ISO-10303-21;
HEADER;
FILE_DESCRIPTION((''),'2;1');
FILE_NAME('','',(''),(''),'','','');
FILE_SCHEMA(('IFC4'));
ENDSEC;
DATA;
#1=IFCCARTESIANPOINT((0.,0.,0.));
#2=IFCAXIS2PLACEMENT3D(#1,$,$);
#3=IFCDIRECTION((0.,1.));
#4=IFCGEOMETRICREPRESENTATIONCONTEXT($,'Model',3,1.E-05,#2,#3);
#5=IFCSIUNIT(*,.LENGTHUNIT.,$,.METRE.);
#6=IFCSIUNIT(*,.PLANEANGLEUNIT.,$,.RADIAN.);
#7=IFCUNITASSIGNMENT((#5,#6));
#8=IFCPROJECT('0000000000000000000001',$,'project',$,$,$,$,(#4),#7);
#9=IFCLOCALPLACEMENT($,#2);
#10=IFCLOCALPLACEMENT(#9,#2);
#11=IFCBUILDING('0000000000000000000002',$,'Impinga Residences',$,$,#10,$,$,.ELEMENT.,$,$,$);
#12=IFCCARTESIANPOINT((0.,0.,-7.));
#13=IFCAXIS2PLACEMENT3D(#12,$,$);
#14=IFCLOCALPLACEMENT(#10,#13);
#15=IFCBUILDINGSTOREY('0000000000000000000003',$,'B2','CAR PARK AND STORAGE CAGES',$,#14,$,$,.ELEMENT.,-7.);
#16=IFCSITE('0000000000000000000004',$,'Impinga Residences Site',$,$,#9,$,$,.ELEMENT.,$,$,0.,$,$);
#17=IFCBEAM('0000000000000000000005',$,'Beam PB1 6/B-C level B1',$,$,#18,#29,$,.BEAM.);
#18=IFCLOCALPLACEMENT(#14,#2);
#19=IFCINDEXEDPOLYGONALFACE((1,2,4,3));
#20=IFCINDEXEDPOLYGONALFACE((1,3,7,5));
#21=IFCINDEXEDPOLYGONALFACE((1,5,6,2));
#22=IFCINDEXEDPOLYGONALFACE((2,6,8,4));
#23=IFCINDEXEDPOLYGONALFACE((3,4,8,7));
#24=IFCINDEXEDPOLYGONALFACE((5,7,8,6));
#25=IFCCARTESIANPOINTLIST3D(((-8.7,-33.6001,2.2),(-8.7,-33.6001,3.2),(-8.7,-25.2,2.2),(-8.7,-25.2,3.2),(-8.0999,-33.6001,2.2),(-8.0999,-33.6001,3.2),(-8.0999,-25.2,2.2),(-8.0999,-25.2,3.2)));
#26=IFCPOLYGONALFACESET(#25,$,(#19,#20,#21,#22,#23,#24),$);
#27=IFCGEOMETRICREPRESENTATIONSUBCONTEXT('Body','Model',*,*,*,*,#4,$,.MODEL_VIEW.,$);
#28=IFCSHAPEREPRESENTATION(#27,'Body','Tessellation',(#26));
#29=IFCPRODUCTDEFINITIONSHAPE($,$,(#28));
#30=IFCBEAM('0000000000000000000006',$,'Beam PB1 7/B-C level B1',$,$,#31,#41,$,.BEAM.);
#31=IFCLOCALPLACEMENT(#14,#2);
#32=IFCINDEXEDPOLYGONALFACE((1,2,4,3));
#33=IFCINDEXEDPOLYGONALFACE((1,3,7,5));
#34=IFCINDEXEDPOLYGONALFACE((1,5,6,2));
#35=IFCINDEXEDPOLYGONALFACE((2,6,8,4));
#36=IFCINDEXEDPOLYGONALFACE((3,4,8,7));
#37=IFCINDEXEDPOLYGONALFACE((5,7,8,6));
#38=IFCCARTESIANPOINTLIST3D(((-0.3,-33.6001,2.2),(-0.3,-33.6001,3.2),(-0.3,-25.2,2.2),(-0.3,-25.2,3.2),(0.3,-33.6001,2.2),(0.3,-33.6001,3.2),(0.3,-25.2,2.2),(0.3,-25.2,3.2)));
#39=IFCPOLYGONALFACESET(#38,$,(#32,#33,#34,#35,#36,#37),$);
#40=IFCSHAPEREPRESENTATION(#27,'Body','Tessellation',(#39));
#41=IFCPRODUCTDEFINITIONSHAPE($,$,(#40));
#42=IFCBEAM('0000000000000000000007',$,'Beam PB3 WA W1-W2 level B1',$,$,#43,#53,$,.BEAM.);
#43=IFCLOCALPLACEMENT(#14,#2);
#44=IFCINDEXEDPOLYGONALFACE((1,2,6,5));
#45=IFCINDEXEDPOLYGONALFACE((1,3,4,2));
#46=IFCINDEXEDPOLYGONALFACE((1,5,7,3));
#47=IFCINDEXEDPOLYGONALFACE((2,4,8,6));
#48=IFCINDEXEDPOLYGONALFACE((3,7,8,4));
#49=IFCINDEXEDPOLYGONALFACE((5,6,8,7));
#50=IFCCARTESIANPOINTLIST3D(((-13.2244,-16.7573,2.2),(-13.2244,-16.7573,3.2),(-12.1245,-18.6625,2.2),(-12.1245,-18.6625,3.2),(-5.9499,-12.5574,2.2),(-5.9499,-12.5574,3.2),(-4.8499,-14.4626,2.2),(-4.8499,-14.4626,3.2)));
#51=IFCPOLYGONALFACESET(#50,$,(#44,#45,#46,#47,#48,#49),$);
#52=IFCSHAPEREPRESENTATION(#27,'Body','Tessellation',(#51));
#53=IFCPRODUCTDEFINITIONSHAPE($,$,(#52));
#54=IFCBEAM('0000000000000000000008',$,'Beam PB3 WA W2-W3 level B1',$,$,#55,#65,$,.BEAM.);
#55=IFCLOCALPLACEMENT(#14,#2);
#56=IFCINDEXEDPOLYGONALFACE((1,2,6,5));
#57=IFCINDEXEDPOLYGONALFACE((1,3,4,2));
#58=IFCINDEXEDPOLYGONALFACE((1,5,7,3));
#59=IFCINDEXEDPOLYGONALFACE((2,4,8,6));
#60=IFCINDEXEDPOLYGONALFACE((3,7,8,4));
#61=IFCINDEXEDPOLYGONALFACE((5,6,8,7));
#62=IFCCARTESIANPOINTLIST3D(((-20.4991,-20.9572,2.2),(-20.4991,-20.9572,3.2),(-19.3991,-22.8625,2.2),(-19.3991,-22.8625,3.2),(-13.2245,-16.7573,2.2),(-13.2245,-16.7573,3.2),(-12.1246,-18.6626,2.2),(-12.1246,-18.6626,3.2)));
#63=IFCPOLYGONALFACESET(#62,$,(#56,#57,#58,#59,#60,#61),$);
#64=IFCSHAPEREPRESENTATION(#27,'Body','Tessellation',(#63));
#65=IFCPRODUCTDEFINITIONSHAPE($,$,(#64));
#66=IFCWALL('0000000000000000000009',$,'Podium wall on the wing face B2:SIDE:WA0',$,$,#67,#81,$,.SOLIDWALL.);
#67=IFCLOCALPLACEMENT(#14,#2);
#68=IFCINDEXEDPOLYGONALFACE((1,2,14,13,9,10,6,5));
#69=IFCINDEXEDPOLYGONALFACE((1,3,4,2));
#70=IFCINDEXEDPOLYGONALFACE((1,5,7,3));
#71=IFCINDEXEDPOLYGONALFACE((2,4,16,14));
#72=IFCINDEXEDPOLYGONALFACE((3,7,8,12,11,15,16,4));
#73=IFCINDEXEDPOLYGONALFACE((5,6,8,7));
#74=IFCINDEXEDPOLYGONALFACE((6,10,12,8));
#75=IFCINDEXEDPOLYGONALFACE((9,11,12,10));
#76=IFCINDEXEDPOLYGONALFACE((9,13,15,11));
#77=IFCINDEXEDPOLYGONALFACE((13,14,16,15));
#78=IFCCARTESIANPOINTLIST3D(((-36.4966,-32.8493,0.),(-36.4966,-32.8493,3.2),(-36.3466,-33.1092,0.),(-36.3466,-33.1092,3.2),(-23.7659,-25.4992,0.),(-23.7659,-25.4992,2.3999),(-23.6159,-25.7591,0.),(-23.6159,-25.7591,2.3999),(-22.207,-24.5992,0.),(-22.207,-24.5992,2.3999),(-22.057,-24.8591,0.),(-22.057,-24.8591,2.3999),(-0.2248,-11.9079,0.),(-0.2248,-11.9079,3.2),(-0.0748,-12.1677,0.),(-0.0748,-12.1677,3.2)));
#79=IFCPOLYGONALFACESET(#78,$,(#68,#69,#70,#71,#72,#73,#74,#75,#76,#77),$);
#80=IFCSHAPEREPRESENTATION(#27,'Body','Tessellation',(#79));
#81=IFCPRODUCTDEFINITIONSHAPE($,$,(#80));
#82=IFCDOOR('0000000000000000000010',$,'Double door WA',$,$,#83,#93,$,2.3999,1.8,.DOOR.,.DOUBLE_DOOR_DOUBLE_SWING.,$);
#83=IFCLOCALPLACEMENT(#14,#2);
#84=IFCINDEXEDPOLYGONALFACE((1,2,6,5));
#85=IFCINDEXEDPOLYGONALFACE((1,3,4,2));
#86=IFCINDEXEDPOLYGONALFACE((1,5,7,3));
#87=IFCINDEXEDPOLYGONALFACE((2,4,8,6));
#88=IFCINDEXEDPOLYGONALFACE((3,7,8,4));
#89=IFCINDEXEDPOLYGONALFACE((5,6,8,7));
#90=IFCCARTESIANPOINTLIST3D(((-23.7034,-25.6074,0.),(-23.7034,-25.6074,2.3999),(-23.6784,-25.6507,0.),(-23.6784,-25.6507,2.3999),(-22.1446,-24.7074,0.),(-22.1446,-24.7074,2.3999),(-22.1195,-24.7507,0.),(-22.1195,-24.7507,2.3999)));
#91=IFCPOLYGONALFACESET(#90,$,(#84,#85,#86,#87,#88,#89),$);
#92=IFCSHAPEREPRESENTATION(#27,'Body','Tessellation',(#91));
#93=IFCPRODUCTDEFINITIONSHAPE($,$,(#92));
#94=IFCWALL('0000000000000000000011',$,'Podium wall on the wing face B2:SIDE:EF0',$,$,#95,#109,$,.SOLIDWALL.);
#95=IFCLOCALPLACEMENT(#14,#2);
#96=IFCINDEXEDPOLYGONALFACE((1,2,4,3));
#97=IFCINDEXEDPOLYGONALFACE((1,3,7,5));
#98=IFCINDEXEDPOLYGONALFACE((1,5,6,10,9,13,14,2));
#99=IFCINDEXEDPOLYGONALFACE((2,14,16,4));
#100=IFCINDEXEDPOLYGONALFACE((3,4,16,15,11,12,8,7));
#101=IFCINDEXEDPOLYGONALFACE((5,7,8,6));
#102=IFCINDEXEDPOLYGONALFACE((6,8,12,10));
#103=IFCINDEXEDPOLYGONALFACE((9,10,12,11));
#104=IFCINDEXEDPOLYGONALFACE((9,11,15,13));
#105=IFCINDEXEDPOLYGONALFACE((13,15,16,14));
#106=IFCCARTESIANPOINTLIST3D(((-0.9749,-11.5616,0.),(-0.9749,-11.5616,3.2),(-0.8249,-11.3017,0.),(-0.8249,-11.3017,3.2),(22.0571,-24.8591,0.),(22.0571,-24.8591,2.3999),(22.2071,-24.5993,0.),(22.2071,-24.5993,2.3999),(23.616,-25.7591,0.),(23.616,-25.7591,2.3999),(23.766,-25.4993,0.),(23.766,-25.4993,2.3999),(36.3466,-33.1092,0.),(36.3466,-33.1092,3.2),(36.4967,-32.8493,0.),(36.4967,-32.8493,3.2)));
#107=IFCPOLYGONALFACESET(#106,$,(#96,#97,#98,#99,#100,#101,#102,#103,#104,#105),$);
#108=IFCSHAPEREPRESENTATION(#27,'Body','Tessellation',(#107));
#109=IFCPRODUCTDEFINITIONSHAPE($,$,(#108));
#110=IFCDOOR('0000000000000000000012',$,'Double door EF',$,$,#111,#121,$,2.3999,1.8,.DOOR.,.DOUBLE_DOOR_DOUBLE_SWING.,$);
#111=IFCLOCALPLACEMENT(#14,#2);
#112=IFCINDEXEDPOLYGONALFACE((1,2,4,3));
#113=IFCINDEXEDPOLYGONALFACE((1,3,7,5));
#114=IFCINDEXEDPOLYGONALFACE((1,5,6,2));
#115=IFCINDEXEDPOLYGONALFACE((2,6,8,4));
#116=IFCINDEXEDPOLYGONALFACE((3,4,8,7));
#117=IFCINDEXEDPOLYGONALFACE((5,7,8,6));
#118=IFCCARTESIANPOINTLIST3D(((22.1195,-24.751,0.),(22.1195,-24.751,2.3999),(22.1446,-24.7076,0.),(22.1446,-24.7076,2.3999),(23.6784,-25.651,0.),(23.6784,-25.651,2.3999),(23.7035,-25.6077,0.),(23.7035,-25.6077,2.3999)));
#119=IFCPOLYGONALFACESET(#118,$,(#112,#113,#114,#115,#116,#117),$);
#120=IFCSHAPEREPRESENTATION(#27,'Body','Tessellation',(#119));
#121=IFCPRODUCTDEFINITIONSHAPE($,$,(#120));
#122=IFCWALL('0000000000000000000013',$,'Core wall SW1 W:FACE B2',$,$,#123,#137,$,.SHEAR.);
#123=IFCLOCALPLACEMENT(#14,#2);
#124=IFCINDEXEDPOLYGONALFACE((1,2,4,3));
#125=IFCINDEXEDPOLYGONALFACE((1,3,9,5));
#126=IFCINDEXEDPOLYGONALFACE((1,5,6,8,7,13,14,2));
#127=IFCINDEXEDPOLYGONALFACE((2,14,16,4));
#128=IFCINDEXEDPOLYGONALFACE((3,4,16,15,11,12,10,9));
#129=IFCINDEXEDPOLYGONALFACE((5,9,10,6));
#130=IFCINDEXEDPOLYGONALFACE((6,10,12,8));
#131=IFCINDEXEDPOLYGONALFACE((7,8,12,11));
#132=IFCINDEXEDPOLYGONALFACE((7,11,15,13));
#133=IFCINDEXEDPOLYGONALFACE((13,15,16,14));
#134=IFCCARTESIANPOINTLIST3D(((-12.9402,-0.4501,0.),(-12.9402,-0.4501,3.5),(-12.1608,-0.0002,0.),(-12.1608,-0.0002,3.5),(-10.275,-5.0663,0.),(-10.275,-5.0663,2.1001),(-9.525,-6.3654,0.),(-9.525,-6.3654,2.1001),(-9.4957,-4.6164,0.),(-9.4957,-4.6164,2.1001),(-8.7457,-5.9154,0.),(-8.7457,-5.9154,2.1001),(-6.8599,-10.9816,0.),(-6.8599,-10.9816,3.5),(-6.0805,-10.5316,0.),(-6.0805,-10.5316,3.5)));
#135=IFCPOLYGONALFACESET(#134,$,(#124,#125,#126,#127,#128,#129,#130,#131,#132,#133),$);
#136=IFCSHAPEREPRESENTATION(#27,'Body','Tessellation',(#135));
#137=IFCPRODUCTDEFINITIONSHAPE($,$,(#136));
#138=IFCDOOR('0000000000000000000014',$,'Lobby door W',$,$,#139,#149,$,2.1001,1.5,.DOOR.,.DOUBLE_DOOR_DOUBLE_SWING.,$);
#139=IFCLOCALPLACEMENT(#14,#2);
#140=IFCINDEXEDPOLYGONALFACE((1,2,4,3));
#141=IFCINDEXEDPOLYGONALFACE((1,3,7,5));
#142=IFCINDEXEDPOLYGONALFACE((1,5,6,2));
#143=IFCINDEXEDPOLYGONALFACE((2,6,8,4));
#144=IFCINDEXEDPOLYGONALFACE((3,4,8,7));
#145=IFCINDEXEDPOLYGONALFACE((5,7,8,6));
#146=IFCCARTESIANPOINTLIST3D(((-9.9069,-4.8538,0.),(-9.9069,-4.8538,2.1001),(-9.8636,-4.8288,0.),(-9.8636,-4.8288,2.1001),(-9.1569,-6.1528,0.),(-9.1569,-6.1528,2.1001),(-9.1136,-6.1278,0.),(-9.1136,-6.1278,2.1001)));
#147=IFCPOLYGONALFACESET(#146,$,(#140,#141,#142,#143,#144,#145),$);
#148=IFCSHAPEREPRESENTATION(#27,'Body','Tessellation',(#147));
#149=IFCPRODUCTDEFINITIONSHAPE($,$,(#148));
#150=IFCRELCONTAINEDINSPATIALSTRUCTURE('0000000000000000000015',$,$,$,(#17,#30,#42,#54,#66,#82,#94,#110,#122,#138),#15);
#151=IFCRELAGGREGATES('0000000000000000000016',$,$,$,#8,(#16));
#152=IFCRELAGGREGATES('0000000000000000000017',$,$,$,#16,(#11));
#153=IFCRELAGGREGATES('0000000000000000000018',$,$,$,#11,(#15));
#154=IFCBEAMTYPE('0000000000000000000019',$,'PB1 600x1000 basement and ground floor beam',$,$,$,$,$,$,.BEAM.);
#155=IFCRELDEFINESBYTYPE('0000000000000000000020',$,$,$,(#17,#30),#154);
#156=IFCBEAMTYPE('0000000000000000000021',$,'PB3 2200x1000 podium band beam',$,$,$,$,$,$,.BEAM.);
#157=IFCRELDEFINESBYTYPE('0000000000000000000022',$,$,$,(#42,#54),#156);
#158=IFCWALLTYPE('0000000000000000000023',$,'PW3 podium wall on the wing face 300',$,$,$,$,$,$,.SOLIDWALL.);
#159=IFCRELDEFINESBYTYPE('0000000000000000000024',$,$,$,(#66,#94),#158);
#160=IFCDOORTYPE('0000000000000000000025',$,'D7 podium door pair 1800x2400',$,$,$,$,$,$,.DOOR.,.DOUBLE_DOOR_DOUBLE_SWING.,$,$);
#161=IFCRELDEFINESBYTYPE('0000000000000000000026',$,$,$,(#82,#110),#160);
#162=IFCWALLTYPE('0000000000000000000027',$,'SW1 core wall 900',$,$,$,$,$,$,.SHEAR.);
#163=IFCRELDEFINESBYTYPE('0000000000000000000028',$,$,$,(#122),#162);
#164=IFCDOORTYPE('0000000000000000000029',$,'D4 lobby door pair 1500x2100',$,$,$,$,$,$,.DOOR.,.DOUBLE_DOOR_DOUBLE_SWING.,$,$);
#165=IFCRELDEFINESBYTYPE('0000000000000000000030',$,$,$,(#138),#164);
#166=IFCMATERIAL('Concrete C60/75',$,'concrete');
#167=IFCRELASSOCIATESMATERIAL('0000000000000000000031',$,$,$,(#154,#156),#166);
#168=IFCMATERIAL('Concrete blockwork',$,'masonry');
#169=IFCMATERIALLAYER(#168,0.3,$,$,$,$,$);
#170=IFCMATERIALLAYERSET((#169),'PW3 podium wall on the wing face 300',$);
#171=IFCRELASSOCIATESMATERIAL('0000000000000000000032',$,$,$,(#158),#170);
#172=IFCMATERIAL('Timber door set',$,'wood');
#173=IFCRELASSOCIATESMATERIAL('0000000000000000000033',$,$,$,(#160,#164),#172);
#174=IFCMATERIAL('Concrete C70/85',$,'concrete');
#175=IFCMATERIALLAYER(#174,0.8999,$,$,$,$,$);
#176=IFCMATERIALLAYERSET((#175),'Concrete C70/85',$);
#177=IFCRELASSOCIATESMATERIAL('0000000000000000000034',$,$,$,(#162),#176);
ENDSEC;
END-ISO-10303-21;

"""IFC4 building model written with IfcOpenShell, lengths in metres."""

from ifc_helpers import new_model, si_unit, direction, frame, frame_2d, origin, origin_2d, place, context, subcontext, project, spatial, rectangle, extrude, material, layer, layer_set, material_profile, profile_set, type_object, element, fill, save


model = new_model("IFC4")

# Units and contexts
model_context = context("Model", 3, precision=1e-05, world=origin(), true_north=direction((0.0, 1.0)))
body_context = subcontext(model_context, "Body", "Model", "MODEL_VIEW")
ifc_project = project(units=[si_unit("LENGTHUNIT", "METRE"), si_unit("PLANEANGLEUNIT", "RADIAN")], contexts=[model_context])

# Site, building, storey
site_placement = place(None, origin())
site = spatial("IfcSite", under=ifc_project, at=site_placement, Name="Impinga Residences Site", CompositionType="ELEMENT", RefElevation=0.0)
building_placement = place(site_placement, origin())
building = spatial("IfcBuilding", under=site, at=building_placement, Name="Impinga Residences", CompositionType="ELEMENT")
storey_placement = place(building_placement, frame((0.0, 0.0, -7.0)))
storey = spatial("IfcBuildingStorey", under=building, at=storey_placement, Name="B2", Description="CAR PARK AND STORAGE CAGES", CompositionType="ELEMENT", Elevation=-7.0)

# Shared definitions
ifc_material_1 = material(Name="Concrete C70/85", Category="concrete")

# Beams
ifc_material_2 = material(Name="Concrete C60/75", Category="concrete")
ifc_material_profile_1 = material_profile(ifc_material_2, rectangle(XDim=0.6001, YDim=1.0, at=origin_2d()), Name="RC 600x1000")
ifc_profile_set_1 = profile_set([ifc_material_profile_1], Name="Concrete C60/75")
beam_type_1 = type_object("IfcBeamType", Name="PB1 600x1000 basement and ground floor beam", PredefinedType="BEAM", material=ifc_profile_set_1)
for number, where, z_axis, x_axis, name in (
    (1, (-8.3999, -33.6001, 2.7), (0.0, 1.0, 0.0), (-1.0, 0.0, 0.0), "Beam PB1 6/B-C level B1"),
    (2, (0.0, -33.6001, 2.7), (0.0, 1.0, 0.0), (-1.0, 0.0, 0.0), "Beam PB1 7/B-C level B1"),
):
    element("IfcBeam", number, at=place(storey_placement, frame(where, z_axis=z_axis, x_axis=x_axis)), inside=storey, type_object=beam_type_1, Name=name, PredefinedType="BEAM", context=body_context, shape_type="SweptSolid", body=[
        extrude(rectangle(XDim=0.6001, YDim=1.0, at=origin_2d()), origin(), (0.0, 0.0, 1.0), 8.4001),
    ])
ifc_material_profile_2 = material_profile(ifc_material_2, rectangle(XDim=2.2, YDim=1.0, at=origin_2d()), Name="RC 2200x1000")
ifc_profile_set_2 = profile_set([ifc_material_profile_2], Name="Concrete C60/75")
beam_type_2 = type_object("IfcBeamType", Name="PB3 2200x1000 podium band beam", PredefinedType="BEAM", material=ifc_profile_set_2)
for number, where, z_axis, x_axis, name in (
    (3, (-5.3999, -13.51, 2.7), (-0.866029, -0.499993, 0.0), (0.499993, -0.866029, 0.0), "Beam PB3 WA W1-W2 level B1"),
    (4, (-12.6746, -17.71, 2.7), (-0.866029, -0.499993, 0.0), (0.499993, -0.866029, 0.0), "Beam PB3 WA W2-W3 level B1"),
):
    element("IfcBeam", number, at=place(storey_placement, frame(where, z_axis=z_axis, x_axis=x_axis)), inside=storey, type_object=beam_type_2, Name=name, PredefinedType="BEAM", context=body_context, shape_type="SweptSolid", body=[
        extrude(rectangle(XDim=2.2, YDim=1.0, at=origin_2d()), origin(), (0.0, 0.0, 1.0), 8.3999),
    ])

# Walls, openings, doors
ifc_material_3 = material(Name="Concrete blockwork", Category="masonry")
ifc_layer_1 = layer(ifc_material_3, 0.3)
ifc_layer_set_1 = layer_set([ifc_layer_1], Name="PW3 podium wall on the wing face 300")
wall_type_1 = type_object("IfcWallType", Name="PW3 podium wall on the wing face 300", PredefinedType="SOLIDWALL", material=ifc_layer_set_1)
wall_1_placement = place(storey_placement, frame((-0.1499, -12.0378, 0.0), z_axis=(0.0, 0.0, 1.0), x_axis=(-0.866026, -0.499998, 0.0)))
wall_1 = element("IfcWall", 5, at=wall_1_placement, inside=storey, type_object=wall_type_1, Name="Podium wall on the wing face B2:SIDE:WA0", PredefinedType="SOLIDWALL", context=body_context, shape_type="SweptSolid", body=[
    extrude(rectangle(XDim=41.8831, YDim=0.3, at=frame_2d((20.9414, 0.0))), origin(), (0.0, 0.0, 1.0), 3.2),
])
opening_1_placement = place(wall_1_placement, frame((25.3828, 0.0, 0.0)))
opening_1 = element("IfcOpeningElement", 6, at=opening_1_placement, cuts=wall_1, PredefinedType="OPENING", context=body_context, shape_type="SweptSolid", body=[
    extrude(rectangle(XDim=1.8, YDim=2.3999, at=frame_2d((0.8999, 1.2))), frame((0.0, 0.1599, 0.0), z_axis=(0.0, -1.0, 0.0), x_axis=(1.0, 0.0, 0.0)), (0.0, 0.0, 1.0), 0.3201),
])
ifc_material_4 = material(Name="Timber door set", Category="wood")
door_type_1 = type_object("IfcDoorType", Name="D7 podium door pair 1800x2400", OperationType="DOUBLE_DOOR_DOUBLE_SWING", PredefinedType="DOOR", material=ifc_material_4)
door_1_placement = place(opening_1_placement, origin())
door_1 = element("IfcDoor", 7, at=door_1_placement, inside=storey, type_object=door_type_1, Name="Double door WA", OperationType="DOUBLE_DOOR_DOUBLE_SWING", OverallHeight=2.3999, OverallWidth=1.8, PredefinedType="DOOR", context=body_context, shape_type="SweptSolid", body=[
    extrude(rectangle(XDim=1.8, YDim=2.3999, at=frame_2d((0.8999, 1.2))), frame((0.0, 0.0249, 0.0), z_axis=(0.0, -1.0, 0.0), x_axis=(1.0, 0.0, 0.0)), (0.0, 0.0, 1.0), 0.05),
])
fill(opening_1, door_1)
wall_2_placement = place(storey_placement, frame((-0.8999, -11.4316, 0.0), z_axis=(0.0, 0.0, 1.0), x_axis=(0.866025, -0.5, 0.0)))
wall_2 = element("IfcWall", 8, at=wall_2_placement, inside=storey, type_object=wall_type_1, Name="Podium wall on the wing face B2:SIDE:EF0", PredefinedType="SOLIDWALL", context=body_context, shape_type="SweptSolid", body=[
    extrude(rectangle(XDim=43.0952, YDim=0.3, at=frame_2d((21.5476, 0.0))), origin(), (0.0, 0.0, 1.0), 3.2),
])
opening_2_placement = place(wall_2_placement, frame((26.5952, 0.0, 0.0)))
opening_2 = element("IfcOpeningElement", 9, at=opening_2_placement, cuts=wall_2, PredefinedType="OPENING", context=body_context, shape_type="SweptSolid", body=[
    extrude(rectangle(XDim=1.8, YDim=2.3999, at=frame_2d((0.8999, 1.2))), frame((0.0, 0.1599, 0.0), z_axis=(0.0, -1.0, 0.0), x_axis=(1.0, 0.0, 0.0)), (0.0, 0.0, 1.0), 0.3201),
])
door_2_placement = place(opening_2_placement, origin())
door_2 = element("IfcDoor", 10, at=door_2_placement, inside=storey, type_object=door_type_1, Name="Double door EF", OperationType="DOUBLE_DOOR_DOUBLE_SWING", OverallHeight=2.3999, OverallWidth=1.8, PredefinedType="DOOR", context=body_context, shape_type="SweptSolid", body=[
    extrude(rectangle(XDim=1.8, YDim=2.3999, at=frame_2d((0.8999, 1.2))), frame((0.0, 0.0249, 0.0), z_axis=(0.0, -1.0, 0.0), x_axis=(1.0, 0.0, 0.0)), (0.0, 0.0, 1.0), 0.05),
])
fill(opening_2, door_2)
ifc_layer_2 = layer(ifc_material_1, 0.8999)
ifc_layer_set_2 = layer_set([ifc_layer_2], Name="Concrete C70/85")
wall_type_2 = type_object("IfcWallType", Name="SW1 core wall 900", PredefinedType="SHEAR", material=ifc_layer_set_2)
wall_3_placement = place(storey_placement, frame((-6.4702, -10.7566, 0.0), z_axis=(0.0, 0.0, 1.0), x_axis=(-0.499998, 0.866027, 0.0)))
wall_3 = element("IfcWall", 11, at=wall_3_placement, inside=storey, type_object=wall_type_2, Name="Core wall SW1 W:FACE B2", PredefinedType="SHEAR", context=body_context, shape_type="SweptSolid", body=[
    extrude(rectangle(XDim=12.1606, YDim=0.8999, at=frame_2d((6.0803, 0.0))), origin(), (0.0, 0.0, 1.0), 3.5),
])
opening_3_placement = place(wall_3_placement, frame((5.3303, 0.0, 0.0)))
opening_3 = element("IfcOpeningElement", 12, at=opening_3_placement, cuts=wall_3, PredefinedType="OPENING", context=body_context, shape_type="SweptSolid", body=[
    extrude(rectangle(XDim=1.5, YDim=2.1001, at=frame_2d((0.75, 1.05))), frame((0.0, 0.46, 0.0), z_axis=(0.0, -1.0, 0.0), x_axis=(1.0, 0.0, 0.0)), (0.0, 0.0, 1.0), 0.9199),
])
door_type_2 = type_object("IfcDoorType", Name="D4 lobby door pair 1500x2100", OperationType="DOUBLE_DOOR_DOUBLE_SWING", PredefinedType="DOOR", material=ifc_material_4)
door_3_placement = place(opening_3_placement, origin())
door_3 = element("IfcDoor", 13, at=door_3_placement, inside=storey, type_object=door_type_2, Name="Lobby door W", OperationType="DOUBLE_DOOR_DOUBLE_SWING", OverallHeight=2.1001, OverallWidth=1.5, PredefinedType="DOOR", context=body_context, shape_type="SweptSolid", body=[
    extrude(rectangle(XDim=1.5, YDim=2.1001, at=frame_2d((0.75, 1.05))), frame((0.0, 0.0249, 0.0), z_axis=(0.0, -1.0, 0.0), x_axis=(1.0, 0.0, 0.0)), (0.0, 0.0, 1.0), 0.05),
])
fill(opening_3, door_3)

save(model, "model.ifc")
